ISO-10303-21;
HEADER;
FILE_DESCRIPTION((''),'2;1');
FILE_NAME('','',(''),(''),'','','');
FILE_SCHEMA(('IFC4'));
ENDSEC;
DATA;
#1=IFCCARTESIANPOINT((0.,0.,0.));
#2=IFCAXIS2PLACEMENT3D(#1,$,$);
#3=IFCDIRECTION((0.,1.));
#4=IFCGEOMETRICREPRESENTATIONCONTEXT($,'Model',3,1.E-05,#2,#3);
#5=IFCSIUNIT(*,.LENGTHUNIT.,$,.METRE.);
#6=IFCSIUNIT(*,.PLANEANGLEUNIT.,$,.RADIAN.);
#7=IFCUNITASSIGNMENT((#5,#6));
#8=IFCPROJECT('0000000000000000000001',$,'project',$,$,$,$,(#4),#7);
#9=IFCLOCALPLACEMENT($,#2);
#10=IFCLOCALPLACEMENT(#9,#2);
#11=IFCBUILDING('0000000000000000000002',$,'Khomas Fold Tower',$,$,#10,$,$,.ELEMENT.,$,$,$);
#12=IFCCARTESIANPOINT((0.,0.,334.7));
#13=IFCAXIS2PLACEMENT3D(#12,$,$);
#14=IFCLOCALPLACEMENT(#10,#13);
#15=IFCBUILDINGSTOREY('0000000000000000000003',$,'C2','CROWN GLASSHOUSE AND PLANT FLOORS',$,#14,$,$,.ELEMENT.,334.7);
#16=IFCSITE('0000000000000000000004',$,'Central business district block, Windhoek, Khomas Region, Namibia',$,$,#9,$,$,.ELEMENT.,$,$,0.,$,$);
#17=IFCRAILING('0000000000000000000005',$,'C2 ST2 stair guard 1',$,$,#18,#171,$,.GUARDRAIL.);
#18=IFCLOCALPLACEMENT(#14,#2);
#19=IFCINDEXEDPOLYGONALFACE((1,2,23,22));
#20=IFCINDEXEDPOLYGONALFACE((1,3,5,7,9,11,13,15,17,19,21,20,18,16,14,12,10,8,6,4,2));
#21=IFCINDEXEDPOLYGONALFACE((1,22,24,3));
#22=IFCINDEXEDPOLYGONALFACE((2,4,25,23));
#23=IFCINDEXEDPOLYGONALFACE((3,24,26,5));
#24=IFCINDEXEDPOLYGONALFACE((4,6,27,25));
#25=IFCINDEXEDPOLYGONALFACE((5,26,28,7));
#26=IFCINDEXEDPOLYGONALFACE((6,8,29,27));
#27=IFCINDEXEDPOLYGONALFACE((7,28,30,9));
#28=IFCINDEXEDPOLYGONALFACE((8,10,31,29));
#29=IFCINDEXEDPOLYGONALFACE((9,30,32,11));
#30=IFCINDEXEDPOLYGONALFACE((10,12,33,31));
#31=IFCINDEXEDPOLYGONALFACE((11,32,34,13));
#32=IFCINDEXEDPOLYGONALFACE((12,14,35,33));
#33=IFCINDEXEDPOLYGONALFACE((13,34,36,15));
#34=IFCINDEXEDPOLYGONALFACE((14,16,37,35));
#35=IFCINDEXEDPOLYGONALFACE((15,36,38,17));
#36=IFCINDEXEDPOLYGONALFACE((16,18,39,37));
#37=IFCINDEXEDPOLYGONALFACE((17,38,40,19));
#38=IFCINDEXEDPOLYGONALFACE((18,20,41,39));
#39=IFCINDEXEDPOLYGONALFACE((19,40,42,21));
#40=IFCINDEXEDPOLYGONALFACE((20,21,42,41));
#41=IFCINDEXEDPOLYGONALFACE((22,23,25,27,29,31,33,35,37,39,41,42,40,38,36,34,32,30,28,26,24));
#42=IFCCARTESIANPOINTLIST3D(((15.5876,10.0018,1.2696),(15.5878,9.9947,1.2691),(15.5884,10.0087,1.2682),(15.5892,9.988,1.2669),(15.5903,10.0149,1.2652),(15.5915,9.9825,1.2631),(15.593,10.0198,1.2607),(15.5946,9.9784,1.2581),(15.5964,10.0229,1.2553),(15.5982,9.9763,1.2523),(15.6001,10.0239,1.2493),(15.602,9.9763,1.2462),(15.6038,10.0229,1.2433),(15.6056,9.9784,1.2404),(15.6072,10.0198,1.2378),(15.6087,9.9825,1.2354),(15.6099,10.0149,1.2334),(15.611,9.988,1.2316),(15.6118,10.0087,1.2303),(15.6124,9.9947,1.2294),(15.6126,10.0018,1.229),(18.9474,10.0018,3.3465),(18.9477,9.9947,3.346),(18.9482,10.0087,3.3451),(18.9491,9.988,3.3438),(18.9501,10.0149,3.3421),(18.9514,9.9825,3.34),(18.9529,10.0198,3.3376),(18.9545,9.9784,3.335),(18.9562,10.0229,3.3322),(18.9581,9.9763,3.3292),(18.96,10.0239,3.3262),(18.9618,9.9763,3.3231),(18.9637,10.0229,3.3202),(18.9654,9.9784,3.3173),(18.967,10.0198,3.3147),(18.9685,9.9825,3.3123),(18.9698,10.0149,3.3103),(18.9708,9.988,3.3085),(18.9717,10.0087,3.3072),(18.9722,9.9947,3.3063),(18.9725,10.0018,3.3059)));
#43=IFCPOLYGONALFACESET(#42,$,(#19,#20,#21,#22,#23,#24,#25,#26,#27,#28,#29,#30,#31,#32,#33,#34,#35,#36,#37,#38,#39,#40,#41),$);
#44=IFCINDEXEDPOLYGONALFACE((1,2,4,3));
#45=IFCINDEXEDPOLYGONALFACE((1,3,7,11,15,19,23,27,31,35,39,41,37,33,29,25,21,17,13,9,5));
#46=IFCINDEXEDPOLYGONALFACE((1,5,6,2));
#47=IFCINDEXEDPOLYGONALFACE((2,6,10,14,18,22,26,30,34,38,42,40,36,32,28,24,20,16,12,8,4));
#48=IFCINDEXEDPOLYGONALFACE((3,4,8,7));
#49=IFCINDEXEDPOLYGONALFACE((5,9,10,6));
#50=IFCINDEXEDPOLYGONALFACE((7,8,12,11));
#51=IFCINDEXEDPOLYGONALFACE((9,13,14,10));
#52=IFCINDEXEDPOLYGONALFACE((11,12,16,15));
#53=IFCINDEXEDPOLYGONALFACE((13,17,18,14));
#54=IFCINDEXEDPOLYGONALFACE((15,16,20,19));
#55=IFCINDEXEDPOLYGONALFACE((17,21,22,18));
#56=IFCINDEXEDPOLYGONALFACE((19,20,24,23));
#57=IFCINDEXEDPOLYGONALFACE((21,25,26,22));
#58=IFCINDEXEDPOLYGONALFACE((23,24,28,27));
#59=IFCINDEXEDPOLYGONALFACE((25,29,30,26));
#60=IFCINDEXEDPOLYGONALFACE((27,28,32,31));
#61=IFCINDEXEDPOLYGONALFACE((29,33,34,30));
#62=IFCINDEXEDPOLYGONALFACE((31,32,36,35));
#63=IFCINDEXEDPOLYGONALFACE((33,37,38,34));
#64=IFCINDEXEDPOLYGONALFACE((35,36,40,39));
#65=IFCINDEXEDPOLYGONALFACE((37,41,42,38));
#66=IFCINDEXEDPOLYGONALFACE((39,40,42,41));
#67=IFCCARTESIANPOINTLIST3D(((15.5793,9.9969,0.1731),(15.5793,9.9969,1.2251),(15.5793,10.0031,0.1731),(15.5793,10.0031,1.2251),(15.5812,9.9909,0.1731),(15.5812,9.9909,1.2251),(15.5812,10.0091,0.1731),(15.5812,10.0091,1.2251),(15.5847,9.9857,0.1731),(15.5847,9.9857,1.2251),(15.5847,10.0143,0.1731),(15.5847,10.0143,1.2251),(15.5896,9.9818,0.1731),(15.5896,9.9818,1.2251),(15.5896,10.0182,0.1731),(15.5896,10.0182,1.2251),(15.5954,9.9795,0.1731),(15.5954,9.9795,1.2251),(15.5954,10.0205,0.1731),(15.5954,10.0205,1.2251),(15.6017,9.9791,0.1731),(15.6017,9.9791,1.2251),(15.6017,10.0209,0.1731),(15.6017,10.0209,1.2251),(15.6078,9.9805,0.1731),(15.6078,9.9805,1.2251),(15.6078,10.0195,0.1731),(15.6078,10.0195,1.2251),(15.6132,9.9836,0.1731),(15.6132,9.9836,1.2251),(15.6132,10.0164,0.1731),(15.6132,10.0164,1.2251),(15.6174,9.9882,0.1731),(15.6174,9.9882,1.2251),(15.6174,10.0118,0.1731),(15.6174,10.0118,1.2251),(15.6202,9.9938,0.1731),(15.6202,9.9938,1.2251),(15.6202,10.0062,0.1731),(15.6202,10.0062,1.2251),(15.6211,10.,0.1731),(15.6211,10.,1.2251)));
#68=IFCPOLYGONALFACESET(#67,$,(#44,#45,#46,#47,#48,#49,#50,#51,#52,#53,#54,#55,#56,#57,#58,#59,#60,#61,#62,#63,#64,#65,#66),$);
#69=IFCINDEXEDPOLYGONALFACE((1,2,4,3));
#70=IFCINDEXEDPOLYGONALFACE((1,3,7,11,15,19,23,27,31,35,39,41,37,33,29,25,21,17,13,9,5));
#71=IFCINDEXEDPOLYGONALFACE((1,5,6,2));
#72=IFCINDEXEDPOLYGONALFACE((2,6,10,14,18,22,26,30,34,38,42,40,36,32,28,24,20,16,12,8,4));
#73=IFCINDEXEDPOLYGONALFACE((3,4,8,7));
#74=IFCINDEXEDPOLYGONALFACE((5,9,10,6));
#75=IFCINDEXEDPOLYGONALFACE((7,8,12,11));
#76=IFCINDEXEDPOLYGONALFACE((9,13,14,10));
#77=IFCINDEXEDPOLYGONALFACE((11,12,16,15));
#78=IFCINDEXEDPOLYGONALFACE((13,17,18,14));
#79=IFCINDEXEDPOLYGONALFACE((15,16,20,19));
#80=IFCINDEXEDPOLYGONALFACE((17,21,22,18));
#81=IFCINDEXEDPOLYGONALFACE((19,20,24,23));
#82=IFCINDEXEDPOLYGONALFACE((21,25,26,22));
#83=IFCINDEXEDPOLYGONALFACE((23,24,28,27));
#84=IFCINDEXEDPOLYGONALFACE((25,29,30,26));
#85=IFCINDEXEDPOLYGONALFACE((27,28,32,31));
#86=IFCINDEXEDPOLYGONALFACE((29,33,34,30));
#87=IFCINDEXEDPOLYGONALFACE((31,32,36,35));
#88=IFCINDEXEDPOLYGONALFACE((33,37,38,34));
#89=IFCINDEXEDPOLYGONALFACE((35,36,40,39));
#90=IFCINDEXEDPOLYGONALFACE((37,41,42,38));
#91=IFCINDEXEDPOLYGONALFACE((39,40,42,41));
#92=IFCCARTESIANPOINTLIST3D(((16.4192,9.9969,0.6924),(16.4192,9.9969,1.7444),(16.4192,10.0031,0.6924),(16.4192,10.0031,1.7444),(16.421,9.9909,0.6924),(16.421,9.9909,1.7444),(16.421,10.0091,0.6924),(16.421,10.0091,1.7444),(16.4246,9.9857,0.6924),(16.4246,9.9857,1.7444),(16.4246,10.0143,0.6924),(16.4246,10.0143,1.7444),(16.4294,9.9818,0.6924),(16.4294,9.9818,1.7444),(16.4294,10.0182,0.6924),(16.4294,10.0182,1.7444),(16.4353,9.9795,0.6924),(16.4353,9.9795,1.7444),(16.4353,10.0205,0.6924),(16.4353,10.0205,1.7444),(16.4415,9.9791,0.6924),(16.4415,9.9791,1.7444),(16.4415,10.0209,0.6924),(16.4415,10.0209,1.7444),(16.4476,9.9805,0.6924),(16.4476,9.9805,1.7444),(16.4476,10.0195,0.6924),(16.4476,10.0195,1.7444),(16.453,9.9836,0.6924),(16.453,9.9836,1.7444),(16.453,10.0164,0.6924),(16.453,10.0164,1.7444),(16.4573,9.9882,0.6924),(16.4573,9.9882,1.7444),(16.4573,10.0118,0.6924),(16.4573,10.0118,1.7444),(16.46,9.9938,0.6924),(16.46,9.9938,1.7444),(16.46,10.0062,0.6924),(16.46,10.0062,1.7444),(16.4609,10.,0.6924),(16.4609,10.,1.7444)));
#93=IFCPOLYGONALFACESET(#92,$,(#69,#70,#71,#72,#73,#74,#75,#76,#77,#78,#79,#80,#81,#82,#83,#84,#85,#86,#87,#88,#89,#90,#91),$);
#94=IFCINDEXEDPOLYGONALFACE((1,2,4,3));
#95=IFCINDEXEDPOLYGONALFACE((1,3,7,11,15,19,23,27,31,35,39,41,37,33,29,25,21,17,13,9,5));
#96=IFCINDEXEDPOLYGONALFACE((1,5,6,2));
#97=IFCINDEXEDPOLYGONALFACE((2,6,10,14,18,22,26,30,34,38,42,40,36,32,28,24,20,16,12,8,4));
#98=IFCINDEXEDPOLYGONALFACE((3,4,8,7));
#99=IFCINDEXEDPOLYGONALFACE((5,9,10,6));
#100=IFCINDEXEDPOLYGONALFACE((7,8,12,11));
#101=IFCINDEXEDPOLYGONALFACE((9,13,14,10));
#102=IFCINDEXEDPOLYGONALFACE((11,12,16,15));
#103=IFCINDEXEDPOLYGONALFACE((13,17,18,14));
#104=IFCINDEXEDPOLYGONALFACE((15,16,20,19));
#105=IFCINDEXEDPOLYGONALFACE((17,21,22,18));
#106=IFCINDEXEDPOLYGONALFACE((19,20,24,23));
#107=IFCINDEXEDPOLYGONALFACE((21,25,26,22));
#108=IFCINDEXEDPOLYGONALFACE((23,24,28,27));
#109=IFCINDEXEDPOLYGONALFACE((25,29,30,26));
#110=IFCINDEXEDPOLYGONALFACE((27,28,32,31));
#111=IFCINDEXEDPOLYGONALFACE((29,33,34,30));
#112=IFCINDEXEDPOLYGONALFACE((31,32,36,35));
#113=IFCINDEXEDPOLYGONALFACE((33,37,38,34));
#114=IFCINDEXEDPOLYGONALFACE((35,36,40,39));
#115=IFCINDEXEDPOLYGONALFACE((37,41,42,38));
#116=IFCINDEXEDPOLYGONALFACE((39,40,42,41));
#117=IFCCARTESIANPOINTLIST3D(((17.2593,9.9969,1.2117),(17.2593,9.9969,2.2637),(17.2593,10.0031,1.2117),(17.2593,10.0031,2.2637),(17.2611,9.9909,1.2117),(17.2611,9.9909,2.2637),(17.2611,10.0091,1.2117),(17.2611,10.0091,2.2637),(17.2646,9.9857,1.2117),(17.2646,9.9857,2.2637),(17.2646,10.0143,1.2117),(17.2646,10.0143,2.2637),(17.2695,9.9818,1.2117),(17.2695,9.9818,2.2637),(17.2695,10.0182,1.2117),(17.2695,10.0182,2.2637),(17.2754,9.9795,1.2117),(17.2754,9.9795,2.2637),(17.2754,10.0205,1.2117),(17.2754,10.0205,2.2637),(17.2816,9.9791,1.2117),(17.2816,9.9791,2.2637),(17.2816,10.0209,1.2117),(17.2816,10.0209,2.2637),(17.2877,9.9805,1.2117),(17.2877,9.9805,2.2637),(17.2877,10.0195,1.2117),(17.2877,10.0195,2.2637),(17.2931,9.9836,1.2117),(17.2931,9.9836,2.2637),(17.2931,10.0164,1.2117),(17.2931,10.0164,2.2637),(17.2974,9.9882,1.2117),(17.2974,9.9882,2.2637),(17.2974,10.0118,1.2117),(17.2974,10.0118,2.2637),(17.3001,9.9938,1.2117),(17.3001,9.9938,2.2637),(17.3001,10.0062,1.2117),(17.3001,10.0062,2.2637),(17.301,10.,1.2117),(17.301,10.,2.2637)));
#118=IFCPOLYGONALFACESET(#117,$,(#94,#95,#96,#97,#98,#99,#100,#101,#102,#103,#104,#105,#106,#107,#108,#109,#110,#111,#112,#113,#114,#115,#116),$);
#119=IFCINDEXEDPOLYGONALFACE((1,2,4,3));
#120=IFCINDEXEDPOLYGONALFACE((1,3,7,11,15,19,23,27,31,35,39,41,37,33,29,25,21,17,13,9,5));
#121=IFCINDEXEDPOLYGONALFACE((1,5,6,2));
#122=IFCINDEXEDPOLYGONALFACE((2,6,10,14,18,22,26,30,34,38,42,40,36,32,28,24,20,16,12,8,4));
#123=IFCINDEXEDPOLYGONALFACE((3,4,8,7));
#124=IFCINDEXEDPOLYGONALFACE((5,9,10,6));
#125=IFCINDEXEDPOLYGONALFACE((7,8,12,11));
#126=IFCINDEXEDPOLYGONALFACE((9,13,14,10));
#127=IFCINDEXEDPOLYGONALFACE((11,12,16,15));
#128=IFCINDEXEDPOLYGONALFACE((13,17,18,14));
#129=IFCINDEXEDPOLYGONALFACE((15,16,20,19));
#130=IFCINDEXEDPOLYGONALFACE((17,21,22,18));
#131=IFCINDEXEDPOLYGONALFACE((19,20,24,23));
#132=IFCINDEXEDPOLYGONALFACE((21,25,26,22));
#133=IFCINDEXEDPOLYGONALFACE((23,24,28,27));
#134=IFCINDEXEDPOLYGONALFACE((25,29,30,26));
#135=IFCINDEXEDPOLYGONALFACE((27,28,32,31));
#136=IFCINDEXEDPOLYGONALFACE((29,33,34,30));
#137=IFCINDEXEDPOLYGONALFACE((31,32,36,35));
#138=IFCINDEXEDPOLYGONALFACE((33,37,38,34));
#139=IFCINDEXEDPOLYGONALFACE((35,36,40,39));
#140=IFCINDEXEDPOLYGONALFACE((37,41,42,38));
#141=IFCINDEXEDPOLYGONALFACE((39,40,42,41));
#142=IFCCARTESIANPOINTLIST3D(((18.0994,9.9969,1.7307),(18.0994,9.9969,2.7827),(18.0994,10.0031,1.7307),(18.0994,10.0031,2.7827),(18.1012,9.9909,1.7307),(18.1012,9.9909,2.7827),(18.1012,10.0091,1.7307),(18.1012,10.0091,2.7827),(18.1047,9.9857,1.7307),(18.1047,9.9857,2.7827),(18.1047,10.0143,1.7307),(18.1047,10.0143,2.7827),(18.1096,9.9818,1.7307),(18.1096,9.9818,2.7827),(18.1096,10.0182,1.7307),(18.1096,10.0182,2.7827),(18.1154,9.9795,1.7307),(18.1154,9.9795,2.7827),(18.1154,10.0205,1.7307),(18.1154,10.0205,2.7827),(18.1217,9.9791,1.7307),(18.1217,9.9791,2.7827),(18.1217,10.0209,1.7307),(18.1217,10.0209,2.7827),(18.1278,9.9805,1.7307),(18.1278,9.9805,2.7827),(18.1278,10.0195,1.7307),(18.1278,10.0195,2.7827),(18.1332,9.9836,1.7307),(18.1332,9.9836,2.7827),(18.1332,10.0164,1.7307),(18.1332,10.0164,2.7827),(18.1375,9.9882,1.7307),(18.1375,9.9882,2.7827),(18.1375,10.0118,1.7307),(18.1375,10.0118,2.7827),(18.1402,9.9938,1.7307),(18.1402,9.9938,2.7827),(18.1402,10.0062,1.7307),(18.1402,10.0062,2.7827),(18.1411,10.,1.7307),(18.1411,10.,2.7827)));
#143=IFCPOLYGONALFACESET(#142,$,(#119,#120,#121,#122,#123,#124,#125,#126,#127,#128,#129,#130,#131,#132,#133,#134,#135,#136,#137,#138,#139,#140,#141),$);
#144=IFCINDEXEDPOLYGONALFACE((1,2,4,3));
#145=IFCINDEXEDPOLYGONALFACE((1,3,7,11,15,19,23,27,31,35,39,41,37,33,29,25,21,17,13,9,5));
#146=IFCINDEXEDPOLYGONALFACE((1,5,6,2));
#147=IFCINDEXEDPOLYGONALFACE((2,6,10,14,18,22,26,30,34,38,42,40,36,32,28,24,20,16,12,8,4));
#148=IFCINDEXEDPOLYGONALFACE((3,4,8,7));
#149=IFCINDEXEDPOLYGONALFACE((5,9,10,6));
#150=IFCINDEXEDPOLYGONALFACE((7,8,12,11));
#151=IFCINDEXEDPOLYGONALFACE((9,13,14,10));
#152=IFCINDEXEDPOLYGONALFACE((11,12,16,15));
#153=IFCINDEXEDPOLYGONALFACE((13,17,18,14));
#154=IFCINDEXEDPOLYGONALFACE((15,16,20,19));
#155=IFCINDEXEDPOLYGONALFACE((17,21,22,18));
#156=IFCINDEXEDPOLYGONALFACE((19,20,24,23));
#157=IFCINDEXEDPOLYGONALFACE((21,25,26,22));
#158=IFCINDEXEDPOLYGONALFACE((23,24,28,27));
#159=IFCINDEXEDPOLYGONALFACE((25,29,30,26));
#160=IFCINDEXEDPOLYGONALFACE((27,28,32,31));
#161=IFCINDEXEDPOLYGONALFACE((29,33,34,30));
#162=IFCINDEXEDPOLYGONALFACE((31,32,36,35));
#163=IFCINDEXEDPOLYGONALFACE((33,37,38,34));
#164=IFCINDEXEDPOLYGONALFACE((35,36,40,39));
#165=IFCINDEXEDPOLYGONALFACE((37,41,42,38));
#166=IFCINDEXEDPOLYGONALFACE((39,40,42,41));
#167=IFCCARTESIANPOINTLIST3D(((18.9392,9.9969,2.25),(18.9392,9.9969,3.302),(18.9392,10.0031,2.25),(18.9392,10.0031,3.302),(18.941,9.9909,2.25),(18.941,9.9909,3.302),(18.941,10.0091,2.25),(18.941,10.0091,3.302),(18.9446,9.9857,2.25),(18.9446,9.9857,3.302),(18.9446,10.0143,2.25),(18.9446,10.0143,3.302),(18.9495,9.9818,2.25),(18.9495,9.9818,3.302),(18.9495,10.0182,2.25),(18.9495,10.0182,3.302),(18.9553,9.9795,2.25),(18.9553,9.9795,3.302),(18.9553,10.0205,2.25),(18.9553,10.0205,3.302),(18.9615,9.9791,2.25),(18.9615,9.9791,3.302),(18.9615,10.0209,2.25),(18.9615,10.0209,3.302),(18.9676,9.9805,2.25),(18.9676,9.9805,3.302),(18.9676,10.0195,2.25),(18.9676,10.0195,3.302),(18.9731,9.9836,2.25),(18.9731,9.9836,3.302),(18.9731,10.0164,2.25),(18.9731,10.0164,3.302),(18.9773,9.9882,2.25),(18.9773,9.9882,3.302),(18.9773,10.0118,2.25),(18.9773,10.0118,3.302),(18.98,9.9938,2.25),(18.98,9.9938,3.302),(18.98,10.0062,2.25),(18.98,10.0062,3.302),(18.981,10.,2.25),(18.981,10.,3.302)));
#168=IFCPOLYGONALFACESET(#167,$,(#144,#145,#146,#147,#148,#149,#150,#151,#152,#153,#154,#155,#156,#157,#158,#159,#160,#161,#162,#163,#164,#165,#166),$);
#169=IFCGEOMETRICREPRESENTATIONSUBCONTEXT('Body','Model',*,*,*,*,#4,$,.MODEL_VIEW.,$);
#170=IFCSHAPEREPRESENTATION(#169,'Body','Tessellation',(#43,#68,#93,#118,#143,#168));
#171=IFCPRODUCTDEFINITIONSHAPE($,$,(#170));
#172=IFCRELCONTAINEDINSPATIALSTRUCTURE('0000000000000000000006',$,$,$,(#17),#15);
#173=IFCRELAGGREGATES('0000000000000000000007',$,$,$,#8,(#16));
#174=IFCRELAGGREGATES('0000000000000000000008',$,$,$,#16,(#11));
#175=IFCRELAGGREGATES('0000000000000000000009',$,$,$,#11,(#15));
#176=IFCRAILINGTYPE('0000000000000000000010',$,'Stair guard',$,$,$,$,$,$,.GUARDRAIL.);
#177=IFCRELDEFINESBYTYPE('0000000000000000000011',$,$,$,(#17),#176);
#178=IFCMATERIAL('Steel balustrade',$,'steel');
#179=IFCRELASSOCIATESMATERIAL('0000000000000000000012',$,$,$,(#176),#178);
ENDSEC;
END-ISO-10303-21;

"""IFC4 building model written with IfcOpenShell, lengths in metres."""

from ifc_helpers import new_model, si_unit, direction, frame, origin, origin_2d, place, context, subcontext, project, spatial, circle, extrude, source, transform, mapped, material, type_object, element, save


model = new_model("IFC4")

# Units and contexts
model_context = context("Model", 3, precision=1e-05, world=origin(), true_north=direction((0.0, 1.0)))
body_context = subcontext(model_context, "Body", "Model", "MODEL_VIEW")
ifc_project = project(units=[si_unit("LENGTHUNIT", "METRE"), si_unit("PLANEANGLEUNIT", "RADIAN")], contexts=[model_context])

# Site, building, storey
site_placement = place(None, origin())
site = spatial("IfcSite", under=ifc_project, at=site_placement, Name="Central business district block, Windhoek, Khomas Region, Namibia", CompositionType="ELEMENT", RefElevation=0.0)
building_placement = place(site_placement, origin())
building = spatial("IfcBuilding", under=site, at=building_placement, Name="Khomas Fold Tower", CompositionType="ELEMENT")
storey_placement = place(building_placement, frame((0.0, 0.0, 334.7)))
storey = spatial("IfcBuildingStorey", under=building, at=storey_placement, Name="C2", Description="CROWN GLASSHOUSE AND PLANT FLOORS", CompositionType="ELEMENT", Elevation=334.7)

# Railing
ifc_material_1 = material(Name="Steel balustrade", Category="steel")
railing_type_1 = type_object("IfcRailingType", Name="Stair guard", PredefinedType="GUARDRAIL", material=ifc_material_1)
shared_shape_1 = source(origin(), body_context, "Body", "SweptSolid", [
    extrude(circle(Radius=0.0239, at=origin_2d()), frame((0.0, 0.0, 1.0762), z_axis=(0.850606, 0.0, 0.525803), x_axis=(0.0, 1.0, 0.0)), (0.0, 0.0, 1.0), 3.95),
    extrude(circle(Radius=0.021, at=origin_2d()), origin(), (0.0, 0.0, 1.0), 1.052),
    extrude(circle(Radius=0.021, at=origin_2d()), frame((0.8398, 0.0, 0.5193)), (0.0, 0.0, 1.0), 1.052),
    extrude(circle(Radius=0.021, at=origin_2d()), frame((1.6799, 0.0, 1.0386)), (0.0, 0.0, 1.0), 1.052),
    extrude(circle(Radius=0.021, at=origin_2d()), frame((2.52, 0.0, 1.5576)), (0.0, 0.0, 1.0), 1.052),
    extrude(circle(Radius=0.021, at=origin_2d()), frame((3.3599, 0.0, 2.0769)), (0.0, 0.0, 1.0), 1.052),
])
railing_1_placement = place(storey_placement, frame((15.6001, 10.0, 0.1731)))
element("IfcRailing", 1, at=railing_1_placement, inside=storey, type_object=railing_type_1, Name="C2 ST2 stair guard 1", PredefinedType="GUARDRAIL", context=body_context, shape_type="MappedRepresentation", body=[
    mapped(shared_shape_1, transform((0.0, 0.0, 0.0))),
])

save(model, "model.ifc")
